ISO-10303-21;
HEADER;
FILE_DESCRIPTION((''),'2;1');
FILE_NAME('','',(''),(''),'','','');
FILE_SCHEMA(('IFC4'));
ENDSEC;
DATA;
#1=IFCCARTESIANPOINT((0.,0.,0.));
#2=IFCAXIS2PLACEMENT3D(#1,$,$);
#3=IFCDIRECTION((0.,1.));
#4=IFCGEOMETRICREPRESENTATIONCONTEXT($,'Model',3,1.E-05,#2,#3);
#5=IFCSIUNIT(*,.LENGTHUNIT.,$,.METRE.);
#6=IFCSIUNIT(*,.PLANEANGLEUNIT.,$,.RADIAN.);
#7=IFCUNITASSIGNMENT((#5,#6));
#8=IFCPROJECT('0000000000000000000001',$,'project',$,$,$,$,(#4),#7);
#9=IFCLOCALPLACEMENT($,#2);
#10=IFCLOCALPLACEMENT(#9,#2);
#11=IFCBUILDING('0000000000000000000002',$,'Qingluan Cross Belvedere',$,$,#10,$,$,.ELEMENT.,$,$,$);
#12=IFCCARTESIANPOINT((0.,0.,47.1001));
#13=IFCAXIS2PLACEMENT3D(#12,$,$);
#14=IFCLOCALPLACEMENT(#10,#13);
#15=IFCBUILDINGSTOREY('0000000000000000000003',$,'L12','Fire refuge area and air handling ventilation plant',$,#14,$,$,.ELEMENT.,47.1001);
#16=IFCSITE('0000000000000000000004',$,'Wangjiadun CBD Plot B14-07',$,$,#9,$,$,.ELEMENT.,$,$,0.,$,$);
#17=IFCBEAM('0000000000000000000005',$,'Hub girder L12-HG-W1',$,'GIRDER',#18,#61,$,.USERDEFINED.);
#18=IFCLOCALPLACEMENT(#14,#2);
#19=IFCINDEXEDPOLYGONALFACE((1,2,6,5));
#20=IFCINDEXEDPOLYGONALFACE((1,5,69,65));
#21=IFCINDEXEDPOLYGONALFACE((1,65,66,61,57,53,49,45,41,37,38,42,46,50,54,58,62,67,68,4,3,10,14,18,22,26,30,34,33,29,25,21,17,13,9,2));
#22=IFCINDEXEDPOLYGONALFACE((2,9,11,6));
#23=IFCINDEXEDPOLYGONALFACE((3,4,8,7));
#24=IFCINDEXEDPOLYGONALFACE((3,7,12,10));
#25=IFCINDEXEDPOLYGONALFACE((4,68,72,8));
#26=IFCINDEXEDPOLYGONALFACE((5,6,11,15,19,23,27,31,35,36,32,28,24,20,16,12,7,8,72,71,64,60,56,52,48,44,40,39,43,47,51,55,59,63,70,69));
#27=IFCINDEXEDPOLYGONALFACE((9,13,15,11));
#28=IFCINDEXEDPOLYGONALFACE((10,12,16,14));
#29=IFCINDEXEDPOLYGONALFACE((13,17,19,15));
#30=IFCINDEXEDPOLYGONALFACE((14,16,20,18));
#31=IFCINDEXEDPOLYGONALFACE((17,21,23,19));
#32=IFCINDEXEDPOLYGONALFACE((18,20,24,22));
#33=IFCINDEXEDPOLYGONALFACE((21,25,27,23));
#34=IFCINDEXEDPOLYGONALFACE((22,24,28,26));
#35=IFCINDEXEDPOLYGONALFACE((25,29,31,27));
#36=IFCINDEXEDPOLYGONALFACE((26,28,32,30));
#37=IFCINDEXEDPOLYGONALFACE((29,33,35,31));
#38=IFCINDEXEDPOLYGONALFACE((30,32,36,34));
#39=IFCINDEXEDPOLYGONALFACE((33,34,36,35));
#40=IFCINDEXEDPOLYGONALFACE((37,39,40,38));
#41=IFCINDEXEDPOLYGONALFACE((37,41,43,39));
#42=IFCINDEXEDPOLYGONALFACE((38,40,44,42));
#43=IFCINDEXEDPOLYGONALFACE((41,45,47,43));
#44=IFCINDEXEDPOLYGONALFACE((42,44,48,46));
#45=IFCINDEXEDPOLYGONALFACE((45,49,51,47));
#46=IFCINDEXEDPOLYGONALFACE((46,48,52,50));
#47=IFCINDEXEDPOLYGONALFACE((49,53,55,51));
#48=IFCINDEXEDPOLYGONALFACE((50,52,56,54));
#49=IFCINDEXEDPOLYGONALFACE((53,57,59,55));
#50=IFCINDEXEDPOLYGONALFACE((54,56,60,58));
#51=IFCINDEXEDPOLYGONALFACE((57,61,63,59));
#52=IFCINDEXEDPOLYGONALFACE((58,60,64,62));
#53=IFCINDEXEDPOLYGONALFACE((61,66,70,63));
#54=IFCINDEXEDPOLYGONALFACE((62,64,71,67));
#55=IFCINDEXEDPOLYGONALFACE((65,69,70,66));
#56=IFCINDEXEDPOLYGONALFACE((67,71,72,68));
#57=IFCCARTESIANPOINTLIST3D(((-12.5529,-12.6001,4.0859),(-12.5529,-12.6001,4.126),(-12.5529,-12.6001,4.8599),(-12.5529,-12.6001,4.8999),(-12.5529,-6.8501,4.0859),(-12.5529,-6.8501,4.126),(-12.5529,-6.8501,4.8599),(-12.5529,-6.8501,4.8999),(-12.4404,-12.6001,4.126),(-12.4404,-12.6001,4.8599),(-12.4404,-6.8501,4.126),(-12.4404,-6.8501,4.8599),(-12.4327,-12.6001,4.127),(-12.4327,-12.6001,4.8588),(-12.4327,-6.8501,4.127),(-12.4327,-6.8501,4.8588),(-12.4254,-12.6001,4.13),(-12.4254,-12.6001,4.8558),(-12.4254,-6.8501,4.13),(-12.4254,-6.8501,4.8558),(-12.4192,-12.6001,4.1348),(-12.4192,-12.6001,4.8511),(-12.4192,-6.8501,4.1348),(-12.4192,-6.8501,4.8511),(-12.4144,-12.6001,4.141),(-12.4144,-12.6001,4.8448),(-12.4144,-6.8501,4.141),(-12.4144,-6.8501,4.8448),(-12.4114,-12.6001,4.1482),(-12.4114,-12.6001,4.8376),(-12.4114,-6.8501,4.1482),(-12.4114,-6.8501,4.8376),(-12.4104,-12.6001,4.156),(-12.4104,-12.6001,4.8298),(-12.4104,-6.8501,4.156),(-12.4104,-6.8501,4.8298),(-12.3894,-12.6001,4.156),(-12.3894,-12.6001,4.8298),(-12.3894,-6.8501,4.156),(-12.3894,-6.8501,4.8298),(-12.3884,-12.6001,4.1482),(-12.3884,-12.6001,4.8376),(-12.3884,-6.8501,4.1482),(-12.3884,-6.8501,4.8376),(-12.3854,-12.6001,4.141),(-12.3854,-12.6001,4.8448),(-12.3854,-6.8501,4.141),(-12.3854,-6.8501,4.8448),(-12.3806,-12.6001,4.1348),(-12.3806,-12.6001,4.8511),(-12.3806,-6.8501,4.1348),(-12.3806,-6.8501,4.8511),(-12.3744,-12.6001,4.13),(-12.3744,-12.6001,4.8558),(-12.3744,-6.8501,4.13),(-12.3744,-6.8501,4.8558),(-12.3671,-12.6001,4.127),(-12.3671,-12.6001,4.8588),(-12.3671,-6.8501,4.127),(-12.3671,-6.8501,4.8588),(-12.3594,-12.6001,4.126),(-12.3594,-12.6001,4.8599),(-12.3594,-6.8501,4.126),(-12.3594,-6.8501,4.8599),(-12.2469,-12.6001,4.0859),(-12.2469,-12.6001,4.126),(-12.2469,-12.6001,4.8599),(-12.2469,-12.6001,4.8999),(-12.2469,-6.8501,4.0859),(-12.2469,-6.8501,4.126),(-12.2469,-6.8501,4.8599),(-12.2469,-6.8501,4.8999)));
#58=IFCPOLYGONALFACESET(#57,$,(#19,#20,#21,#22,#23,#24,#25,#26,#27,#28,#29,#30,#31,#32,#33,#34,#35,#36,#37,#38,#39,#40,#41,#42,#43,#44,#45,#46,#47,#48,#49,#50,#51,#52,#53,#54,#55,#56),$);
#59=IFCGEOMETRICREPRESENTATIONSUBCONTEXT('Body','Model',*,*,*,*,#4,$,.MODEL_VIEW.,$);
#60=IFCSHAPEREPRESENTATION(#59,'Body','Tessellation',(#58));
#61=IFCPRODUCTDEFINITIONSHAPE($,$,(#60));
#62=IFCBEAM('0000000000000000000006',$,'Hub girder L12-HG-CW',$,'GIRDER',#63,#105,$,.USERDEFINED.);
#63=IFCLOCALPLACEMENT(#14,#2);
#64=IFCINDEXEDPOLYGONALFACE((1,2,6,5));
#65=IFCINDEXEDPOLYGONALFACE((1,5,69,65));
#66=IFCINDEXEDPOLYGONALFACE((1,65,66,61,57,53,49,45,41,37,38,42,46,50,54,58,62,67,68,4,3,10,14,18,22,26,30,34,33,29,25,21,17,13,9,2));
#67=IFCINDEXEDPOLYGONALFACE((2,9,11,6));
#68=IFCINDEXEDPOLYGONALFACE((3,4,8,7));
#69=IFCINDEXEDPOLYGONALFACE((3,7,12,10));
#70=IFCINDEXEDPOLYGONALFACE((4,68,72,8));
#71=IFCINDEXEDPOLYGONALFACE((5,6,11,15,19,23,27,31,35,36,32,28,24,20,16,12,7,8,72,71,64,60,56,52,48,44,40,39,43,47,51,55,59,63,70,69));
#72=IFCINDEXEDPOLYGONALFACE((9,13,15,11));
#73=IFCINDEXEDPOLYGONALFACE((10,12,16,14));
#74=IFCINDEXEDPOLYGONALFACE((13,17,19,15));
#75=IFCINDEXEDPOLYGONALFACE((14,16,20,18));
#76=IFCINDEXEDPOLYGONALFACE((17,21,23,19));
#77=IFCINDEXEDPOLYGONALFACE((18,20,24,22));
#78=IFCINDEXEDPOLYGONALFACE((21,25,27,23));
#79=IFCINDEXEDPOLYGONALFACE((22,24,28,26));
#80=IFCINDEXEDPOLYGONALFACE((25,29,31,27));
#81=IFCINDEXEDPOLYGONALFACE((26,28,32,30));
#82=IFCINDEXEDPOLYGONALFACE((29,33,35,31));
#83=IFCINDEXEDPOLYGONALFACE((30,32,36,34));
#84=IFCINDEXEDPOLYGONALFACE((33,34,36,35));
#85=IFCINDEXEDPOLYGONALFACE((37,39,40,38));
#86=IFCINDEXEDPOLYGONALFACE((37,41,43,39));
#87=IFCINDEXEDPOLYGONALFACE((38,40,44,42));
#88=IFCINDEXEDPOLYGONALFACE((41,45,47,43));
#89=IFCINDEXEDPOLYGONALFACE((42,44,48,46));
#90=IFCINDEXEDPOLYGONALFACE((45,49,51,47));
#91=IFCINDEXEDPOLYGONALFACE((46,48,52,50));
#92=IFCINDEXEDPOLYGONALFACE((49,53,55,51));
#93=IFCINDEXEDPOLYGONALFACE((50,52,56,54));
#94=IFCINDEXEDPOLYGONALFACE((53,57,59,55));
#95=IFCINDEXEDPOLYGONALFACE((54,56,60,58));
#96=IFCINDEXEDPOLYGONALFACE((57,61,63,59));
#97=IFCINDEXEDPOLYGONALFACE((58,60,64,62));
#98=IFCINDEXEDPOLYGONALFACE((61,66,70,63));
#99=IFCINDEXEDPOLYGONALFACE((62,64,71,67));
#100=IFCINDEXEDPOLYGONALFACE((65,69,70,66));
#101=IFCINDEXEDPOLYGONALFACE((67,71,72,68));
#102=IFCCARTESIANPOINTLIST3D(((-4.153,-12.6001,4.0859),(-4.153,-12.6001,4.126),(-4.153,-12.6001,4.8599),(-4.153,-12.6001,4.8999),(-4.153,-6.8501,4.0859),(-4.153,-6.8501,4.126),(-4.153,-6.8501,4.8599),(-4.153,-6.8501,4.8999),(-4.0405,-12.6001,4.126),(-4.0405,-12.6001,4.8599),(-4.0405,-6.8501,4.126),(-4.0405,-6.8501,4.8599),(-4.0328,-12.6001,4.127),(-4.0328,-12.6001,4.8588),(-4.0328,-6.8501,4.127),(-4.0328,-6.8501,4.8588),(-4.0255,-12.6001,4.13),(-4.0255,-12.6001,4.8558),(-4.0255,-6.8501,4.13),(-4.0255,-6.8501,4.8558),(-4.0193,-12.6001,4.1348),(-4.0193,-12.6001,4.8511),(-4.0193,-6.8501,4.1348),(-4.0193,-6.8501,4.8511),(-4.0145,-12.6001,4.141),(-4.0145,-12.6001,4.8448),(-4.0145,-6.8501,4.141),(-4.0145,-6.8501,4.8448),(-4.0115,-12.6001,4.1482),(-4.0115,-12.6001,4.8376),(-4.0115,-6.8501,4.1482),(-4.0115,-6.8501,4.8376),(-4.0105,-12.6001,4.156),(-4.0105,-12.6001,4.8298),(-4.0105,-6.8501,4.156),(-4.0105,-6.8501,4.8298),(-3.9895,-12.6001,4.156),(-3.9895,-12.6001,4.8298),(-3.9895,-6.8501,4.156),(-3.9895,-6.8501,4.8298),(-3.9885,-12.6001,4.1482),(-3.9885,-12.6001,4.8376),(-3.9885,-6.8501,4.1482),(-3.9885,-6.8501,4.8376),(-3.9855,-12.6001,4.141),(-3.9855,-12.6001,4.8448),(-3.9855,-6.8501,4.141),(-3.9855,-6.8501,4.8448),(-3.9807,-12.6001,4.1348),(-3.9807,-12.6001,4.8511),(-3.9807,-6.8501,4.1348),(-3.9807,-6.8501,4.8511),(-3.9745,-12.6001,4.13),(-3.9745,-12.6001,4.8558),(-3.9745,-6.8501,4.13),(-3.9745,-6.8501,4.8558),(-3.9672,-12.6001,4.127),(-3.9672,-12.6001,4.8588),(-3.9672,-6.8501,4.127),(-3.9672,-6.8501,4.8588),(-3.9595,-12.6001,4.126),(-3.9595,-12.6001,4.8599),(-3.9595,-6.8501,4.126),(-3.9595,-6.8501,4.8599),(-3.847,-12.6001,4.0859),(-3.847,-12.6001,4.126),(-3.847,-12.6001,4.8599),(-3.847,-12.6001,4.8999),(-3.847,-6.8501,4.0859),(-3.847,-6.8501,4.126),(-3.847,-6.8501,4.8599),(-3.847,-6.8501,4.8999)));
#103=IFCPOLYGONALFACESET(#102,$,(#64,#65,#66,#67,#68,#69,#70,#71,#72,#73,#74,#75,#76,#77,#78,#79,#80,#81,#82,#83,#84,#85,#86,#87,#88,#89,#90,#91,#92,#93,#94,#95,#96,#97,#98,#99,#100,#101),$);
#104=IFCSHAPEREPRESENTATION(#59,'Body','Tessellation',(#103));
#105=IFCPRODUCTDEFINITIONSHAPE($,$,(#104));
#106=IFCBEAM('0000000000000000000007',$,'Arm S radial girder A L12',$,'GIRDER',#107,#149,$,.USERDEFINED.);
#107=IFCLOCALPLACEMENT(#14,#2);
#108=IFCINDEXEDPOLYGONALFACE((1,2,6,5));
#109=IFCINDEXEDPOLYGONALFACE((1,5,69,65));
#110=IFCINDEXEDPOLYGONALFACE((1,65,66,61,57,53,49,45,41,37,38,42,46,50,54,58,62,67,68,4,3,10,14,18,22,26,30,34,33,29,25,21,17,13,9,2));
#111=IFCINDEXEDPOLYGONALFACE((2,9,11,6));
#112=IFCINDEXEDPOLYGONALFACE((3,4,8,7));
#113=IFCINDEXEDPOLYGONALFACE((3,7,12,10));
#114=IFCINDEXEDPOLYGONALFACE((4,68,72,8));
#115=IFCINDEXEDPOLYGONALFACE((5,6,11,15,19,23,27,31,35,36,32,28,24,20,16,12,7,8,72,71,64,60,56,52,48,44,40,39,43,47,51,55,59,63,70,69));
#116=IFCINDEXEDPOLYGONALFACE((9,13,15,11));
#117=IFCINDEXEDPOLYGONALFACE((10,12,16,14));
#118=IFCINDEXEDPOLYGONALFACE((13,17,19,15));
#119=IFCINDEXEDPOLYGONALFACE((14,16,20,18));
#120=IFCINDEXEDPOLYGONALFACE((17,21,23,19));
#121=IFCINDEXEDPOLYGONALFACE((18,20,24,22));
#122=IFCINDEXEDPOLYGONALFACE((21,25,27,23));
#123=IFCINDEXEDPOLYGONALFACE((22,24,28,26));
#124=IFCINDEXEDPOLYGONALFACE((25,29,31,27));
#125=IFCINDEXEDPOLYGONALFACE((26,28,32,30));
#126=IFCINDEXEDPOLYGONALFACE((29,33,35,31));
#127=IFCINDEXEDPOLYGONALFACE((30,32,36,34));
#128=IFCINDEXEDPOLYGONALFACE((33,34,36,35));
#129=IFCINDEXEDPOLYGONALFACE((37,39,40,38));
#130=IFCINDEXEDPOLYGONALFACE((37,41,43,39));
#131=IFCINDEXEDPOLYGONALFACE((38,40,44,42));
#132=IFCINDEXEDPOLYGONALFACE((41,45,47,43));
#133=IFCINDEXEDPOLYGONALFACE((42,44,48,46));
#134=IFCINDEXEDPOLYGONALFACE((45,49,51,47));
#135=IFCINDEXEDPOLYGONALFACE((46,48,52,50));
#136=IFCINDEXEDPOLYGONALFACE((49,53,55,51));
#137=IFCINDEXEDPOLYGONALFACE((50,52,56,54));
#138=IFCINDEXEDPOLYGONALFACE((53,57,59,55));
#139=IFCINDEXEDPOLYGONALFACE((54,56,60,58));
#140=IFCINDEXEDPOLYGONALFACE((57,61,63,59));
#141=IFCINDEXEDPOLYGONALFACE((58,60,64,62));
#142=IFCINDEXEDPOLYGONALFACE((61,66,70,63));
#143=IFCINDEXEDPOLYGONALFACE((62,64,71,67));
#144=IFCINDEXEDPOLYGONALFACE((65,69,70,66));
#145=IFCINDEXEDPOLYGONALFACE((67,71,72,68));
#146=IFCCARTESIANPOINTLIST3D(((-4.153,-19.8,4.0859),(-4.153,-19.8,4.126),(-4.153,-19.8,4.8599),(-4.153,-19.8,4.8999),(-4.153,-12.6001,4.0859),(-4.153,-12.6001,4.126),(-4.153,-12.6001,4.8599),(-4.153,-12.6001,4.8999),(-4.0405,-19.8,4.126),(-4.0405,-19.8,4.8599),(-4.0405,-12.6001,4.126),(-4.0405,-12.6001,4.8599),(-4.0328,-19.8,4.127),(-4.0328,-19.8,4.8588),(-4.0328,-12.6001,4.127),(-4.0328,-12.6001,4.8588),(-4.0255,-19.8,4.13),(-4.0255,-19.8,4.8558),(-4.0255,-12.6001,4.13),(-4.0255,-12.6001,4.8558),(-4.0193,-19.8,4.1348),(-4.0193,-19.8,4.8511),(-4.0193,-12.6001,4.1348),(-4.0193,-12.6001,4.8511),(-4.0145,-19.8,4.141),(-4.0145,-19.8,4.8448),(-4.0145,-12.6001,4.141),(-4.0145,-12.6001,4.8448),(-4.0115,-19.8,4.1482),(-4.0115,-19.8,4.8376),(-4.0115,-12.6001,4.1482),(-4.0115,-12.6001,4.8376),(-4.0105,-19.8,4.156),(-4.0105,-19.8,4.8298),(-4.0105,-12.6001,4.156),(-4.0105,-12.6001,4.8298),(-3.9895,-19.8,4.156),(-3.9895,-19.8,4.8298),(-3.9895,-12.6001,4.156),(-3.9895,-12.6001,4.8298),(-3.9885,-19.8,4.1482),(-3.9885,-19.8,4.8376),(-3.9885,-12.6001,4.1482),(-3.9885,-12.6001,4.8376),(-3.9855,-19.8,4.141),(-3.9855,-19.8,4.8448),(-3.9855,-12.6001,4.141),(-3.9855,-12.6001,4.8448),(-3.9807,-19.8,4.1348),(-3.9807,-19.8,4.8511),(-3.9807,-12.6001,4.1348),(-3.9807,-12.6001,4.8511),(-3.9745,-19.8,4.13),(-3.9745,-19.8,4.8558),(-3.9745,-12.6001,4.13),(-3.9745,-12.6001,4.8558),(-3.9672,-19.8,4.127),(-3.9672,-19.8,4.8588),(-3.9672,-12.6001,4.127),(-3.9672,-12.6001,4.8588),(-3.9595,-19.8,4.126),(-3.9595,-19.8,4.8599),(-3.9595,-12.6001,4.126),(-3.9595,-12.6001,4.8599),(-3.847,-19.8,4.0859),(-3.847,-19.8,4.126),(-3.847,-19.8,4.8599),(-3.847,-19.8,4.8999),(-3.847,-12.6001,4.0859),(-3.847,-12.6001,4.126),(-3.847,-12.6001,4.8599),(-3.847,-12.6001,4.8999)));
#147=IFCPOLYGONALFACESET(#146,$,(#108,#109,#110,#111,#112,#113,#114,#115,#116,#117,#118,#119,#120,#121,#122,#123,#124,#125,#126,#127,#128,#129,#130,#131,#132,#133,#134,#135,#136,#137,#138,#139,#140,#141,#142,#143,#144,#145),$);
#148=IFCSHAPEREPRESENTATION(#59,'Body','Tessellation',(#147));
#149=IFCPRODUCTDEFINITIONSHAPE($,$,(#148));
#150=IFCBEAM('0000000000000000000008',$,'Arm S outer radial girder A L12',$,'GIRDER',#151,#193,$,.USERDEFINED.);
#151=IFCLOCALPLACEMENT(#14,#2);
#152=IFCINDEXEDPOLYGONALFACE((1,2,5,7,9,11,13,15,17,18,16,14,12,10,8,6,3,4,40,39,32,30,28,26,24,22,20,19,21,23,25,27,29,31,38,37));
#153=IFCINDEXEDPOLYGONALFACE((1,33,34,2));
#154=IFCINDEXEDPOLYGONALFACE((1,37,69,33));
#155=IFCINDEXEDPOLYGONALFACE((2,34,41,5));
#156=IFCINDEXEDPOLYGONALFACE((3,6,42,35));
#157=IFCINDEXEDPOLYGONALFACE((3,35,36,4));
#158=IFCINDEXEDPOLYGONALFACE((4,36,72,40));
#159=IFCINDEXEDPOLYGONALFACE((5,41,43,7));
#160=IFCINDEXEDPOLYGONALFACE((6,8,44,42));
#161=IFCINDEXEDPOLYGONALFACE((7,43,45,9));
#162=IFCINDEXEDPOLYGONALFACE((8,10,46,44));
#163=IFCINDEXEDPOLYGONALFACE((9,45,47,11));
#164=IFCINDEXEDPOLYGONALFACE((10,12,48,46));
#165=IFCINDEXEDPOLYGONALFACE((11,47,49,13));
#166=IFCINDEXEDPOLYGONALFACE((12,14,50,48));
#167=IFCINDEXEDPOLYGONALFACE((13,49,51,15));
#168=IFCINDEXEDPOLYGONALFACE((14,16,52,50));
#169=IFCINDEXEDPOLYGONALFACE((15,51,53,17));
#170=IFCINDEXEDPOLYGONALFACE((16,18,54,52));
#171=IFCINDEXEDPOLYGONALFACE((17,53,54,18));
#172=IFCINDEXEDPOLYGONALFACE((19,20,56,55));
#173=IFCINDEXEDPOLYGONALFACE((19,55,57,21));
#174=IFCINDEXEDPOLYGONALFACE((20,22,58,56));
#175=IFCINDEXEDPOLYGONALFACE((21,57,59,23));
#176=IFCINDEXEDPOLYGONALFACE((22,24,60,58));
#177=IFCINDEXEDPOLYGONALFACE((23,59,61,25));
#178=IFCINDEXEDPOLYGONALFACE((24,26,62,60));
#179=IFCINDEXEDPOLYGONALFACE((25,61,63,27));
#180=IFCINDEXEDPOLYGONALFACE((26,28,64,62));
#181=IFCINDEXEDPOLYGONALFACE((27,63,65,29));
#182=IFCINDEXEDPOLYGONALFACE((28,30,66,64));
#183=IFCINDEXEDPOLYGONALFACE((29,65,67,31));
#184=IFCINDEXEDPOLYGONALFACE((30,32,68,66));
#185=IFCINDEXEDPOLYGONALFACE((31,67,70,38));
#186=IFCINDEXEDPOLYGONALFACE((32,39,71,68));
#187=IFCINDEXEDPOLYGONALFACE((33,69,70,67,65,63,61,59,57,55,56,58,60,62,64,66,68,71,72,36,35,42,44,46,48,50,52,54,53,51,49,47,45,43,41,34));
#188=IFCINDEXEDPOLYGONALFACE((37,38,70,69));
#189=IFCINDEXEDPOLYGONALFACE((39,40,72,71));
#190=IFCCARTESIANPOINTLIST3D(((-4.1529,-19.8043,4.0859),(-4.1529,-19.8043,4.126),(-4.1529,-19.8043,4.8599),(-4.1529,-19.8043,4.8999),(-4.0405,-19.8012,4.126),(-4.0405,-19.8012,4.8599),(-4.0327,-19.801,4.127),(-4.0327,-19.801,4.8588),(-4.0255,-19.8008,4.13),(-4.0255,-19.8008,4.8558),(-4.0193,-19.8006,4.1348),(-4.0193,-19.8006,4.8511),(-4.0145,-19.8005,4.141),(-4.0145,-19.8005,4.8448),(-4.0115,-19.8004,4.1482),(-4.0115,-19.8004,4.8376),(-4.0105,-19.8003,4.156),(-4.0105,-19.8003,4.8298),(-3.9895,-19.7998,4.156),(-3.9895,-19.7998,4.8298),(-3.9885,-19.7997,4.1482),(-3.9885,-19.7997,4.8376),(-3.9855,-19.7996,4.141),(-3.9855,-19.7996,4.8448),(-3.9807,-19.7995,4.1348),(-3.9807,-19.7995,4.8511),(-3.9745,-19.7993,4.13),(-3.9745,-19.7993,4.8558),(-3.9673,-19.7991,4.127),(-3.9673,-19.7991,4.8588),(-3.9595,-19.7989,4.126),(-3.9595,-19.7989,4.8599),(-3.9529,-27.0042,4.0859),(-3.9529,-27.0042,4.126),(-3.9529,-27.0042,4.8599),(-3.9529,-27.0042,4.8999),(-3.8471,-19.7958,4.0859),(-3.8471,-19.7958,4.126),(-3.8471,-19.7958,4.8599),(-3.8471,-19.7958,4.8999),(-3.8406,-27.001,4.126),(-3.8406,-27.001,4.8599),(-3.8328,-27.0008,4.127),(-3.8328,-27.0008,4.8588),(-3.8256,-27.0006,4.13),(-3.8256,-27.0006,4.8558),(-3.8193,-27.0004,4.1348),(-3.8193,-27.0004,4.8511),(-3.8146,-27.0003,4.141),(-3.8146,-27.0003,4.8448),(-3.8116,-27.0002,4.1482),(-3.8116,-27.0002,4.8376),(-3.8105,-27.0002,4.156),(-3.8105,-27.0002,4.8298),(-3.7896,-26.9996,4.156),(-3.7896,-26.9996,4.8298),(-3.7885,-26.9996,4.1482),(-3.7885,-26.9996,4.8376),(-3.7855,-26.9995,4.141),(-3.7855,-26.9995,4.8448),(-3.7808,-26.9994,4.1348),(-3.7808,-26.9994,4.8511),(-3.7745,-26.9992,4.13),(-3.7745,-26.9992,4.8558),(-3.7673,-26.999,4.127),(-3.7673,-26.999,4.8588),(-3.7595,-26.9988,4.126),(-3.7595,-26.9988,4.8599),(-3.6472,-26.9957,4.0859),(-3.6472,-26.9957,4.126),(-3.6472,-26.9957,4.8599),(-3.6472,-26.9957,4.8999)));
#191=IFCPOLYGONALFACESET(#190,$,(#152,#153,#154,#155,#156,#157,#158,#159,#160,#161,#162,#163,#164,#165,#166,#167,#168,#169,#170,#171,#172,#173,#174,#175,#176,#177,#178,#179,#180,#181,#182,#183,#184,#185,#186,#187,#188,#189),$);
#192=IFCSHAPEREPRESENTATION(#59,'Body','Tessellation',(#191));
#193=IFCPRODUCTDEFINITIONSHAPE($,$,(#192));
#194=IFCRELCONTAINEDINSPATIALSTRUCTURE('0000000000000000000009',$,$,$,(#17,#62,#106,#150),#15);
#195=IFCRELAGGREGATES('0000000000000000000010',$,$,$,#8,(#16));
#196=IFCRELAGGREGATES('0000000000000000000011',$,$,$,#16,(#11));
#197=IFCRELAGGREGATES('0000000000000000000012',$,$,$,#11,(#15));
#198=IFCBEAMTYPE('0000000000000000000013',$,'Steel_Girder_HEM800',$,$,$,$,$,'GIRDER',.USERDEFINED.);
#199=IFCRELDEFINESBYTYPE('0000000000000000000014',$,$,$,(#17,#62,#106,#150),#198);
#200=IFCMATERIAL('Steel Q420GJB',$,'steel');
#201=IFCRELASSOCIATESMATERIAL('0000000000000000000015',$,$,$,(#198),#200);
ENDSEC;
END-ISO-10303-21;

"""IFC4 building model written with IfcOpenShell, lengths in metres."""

from ifc_helpers import new_model, si_unit, direction, frame, origin, origin_2d, place, context, subcontext, project, spatial, i_section, extrude, material, material_profile, profile_set, type_object, element, save


model = new_model("IFC4")

# Units and contexts
model_context = context("Model", 3, precision=1e-05, world=origin(), true_north=direction((0.0, 1.0)))
body_context = subcontext(model_context, "Body", "Model", "MODEL_VIEW")
ifc_project = project(units=[si_unit("LENGTHUNIT", "METRE"), si_unit("PLANEANGLEUNIT", "RADIAN")], contexts=[model_context])

# Site, building, storey
site_placement = place(None, origin())
site = spatial("IfcSite", under=ifc_project, at=site_placement, Name="Wangjiadun CBD Plot B14-07", CompositionType="ELEMENT", RefElevation=0.0)
building_placement = place(site_placement, origin())
building = spatial("IfcBuilding", under=site, at=building_placement, Name="Qingluan Cross Belvedere", CompositionType="ELEMENT")
storey_placement = place(building_placement, frame((0.0, 0.0, 47.1001)))
storey = spatial("IfcBuildingStorey", under=building, at=storey_placement, Name="L12", Description="Fire refuge area and air handling ventilation plant", CompositionType="ELEMENT", Elevation=47.1001)

# Beams
ifc_material_1 = material(Name="Steel Q420GJB", Category="steel")
ifc_material_profile_1 = material_profile(ifc_material_1, i_section(OverallWidth=0.3059, OverallDepth=0.814, WebThickness=0.021, FlangeThickness=0.04, FilletRadius=0.03, at=origin_2d()), Name="HEM800")
ifc_profile_set_1 = profile_set([ifc_material_profile_1], Name="Steel Q420GJB")
beam_type_1 = type_object("IfcBeamType", Name="Steel_Girder_HEM800", ElementType="GIRDER", PredefinedType="USERDEFINED", material=ifc_profile_set_1)
for number, where, z_axis, x_axis, name in (
    (1, (-12.3999, -12.6001, 4.4929), (0.0, 1.0, 0.0), (-1.0, 0.0, 0.0), "Hub girder L12-HG-W1"),
    (2, (-4.0, -12.6001, 4.4929), (0.0, 1.0, 0.0), (-1.0, 0.0, 0.0), "Hub girder L12-HG-CW"),
):
    element("IfcBeam", number, at=place(storey_placement, frame(where, z_axis=z_axis, x_axis=x_axis)), inside=storey, type_object=beam_type_1, Name=name, ObjectType="GIRDER", PredefinedType="USERDEFINED", context=body_context, shape_type="SweptSolid", body=[
        extrude(i_section(OverallWidth=0.3059, OverallDepth=0.814, WebThickness=0.021, FlangeThickness=0.04, FilletRadius=0.03, at=origin_2d()), origin(), (0.0, 0.0, 1.0), 5.75),
    ])
beam_1_placement = place(storey_placement, frame((-4.0, -12.6001, 4.4929), z_axis=(0.0, -1.0, 0.0), x_axis=(1.0, 0.0, 0.0)))
element("IfcBeam", 3, at=beam_1_placement, inside=storey, type_object=beam_type_1, Name="Arm S radial girder A L12", ObjectType="GIRDER", PredefinedType="USERDEFINED", context=body_context, shape_type="SweptSolid", body=[
    extrude(i_section(OverallWidth=0.3059, OverallDepth=0.814, WebThickness=0.021, FlangeThickness=0.04, FilletRadius=0.03, at=origin_2d()), origin(), (0.0, 0.0, 1.0), 7.2),
])
beam_2_placement = place(storey_placement, frame((-4.0, -19.8, 4.4929), z_axis=(0.02776, -0.999615, 0.0), x_axis=(0.999615, 0.02776, 0.0)))
element("IfcBeam", 4, at=beam_2_placement, inside=storey, type_object=beam_type_1, Name="Arm S outer radial girder A L12", ObjectType="GIRDER", PredefinedType="USERDEFINED", context=body_context, shape_type="SweptSolid", body=[
    extrude(i_section(OverallWidth=0.3059, OverallDepth=0.814, WebThickness=0.021, FlangeThickness=0.04, FilletRadius=0.03, at=origin_2d()), origin(), (0.0, 0.0, 1.0), 7.2026),
])

save(model, "model.ifc")
